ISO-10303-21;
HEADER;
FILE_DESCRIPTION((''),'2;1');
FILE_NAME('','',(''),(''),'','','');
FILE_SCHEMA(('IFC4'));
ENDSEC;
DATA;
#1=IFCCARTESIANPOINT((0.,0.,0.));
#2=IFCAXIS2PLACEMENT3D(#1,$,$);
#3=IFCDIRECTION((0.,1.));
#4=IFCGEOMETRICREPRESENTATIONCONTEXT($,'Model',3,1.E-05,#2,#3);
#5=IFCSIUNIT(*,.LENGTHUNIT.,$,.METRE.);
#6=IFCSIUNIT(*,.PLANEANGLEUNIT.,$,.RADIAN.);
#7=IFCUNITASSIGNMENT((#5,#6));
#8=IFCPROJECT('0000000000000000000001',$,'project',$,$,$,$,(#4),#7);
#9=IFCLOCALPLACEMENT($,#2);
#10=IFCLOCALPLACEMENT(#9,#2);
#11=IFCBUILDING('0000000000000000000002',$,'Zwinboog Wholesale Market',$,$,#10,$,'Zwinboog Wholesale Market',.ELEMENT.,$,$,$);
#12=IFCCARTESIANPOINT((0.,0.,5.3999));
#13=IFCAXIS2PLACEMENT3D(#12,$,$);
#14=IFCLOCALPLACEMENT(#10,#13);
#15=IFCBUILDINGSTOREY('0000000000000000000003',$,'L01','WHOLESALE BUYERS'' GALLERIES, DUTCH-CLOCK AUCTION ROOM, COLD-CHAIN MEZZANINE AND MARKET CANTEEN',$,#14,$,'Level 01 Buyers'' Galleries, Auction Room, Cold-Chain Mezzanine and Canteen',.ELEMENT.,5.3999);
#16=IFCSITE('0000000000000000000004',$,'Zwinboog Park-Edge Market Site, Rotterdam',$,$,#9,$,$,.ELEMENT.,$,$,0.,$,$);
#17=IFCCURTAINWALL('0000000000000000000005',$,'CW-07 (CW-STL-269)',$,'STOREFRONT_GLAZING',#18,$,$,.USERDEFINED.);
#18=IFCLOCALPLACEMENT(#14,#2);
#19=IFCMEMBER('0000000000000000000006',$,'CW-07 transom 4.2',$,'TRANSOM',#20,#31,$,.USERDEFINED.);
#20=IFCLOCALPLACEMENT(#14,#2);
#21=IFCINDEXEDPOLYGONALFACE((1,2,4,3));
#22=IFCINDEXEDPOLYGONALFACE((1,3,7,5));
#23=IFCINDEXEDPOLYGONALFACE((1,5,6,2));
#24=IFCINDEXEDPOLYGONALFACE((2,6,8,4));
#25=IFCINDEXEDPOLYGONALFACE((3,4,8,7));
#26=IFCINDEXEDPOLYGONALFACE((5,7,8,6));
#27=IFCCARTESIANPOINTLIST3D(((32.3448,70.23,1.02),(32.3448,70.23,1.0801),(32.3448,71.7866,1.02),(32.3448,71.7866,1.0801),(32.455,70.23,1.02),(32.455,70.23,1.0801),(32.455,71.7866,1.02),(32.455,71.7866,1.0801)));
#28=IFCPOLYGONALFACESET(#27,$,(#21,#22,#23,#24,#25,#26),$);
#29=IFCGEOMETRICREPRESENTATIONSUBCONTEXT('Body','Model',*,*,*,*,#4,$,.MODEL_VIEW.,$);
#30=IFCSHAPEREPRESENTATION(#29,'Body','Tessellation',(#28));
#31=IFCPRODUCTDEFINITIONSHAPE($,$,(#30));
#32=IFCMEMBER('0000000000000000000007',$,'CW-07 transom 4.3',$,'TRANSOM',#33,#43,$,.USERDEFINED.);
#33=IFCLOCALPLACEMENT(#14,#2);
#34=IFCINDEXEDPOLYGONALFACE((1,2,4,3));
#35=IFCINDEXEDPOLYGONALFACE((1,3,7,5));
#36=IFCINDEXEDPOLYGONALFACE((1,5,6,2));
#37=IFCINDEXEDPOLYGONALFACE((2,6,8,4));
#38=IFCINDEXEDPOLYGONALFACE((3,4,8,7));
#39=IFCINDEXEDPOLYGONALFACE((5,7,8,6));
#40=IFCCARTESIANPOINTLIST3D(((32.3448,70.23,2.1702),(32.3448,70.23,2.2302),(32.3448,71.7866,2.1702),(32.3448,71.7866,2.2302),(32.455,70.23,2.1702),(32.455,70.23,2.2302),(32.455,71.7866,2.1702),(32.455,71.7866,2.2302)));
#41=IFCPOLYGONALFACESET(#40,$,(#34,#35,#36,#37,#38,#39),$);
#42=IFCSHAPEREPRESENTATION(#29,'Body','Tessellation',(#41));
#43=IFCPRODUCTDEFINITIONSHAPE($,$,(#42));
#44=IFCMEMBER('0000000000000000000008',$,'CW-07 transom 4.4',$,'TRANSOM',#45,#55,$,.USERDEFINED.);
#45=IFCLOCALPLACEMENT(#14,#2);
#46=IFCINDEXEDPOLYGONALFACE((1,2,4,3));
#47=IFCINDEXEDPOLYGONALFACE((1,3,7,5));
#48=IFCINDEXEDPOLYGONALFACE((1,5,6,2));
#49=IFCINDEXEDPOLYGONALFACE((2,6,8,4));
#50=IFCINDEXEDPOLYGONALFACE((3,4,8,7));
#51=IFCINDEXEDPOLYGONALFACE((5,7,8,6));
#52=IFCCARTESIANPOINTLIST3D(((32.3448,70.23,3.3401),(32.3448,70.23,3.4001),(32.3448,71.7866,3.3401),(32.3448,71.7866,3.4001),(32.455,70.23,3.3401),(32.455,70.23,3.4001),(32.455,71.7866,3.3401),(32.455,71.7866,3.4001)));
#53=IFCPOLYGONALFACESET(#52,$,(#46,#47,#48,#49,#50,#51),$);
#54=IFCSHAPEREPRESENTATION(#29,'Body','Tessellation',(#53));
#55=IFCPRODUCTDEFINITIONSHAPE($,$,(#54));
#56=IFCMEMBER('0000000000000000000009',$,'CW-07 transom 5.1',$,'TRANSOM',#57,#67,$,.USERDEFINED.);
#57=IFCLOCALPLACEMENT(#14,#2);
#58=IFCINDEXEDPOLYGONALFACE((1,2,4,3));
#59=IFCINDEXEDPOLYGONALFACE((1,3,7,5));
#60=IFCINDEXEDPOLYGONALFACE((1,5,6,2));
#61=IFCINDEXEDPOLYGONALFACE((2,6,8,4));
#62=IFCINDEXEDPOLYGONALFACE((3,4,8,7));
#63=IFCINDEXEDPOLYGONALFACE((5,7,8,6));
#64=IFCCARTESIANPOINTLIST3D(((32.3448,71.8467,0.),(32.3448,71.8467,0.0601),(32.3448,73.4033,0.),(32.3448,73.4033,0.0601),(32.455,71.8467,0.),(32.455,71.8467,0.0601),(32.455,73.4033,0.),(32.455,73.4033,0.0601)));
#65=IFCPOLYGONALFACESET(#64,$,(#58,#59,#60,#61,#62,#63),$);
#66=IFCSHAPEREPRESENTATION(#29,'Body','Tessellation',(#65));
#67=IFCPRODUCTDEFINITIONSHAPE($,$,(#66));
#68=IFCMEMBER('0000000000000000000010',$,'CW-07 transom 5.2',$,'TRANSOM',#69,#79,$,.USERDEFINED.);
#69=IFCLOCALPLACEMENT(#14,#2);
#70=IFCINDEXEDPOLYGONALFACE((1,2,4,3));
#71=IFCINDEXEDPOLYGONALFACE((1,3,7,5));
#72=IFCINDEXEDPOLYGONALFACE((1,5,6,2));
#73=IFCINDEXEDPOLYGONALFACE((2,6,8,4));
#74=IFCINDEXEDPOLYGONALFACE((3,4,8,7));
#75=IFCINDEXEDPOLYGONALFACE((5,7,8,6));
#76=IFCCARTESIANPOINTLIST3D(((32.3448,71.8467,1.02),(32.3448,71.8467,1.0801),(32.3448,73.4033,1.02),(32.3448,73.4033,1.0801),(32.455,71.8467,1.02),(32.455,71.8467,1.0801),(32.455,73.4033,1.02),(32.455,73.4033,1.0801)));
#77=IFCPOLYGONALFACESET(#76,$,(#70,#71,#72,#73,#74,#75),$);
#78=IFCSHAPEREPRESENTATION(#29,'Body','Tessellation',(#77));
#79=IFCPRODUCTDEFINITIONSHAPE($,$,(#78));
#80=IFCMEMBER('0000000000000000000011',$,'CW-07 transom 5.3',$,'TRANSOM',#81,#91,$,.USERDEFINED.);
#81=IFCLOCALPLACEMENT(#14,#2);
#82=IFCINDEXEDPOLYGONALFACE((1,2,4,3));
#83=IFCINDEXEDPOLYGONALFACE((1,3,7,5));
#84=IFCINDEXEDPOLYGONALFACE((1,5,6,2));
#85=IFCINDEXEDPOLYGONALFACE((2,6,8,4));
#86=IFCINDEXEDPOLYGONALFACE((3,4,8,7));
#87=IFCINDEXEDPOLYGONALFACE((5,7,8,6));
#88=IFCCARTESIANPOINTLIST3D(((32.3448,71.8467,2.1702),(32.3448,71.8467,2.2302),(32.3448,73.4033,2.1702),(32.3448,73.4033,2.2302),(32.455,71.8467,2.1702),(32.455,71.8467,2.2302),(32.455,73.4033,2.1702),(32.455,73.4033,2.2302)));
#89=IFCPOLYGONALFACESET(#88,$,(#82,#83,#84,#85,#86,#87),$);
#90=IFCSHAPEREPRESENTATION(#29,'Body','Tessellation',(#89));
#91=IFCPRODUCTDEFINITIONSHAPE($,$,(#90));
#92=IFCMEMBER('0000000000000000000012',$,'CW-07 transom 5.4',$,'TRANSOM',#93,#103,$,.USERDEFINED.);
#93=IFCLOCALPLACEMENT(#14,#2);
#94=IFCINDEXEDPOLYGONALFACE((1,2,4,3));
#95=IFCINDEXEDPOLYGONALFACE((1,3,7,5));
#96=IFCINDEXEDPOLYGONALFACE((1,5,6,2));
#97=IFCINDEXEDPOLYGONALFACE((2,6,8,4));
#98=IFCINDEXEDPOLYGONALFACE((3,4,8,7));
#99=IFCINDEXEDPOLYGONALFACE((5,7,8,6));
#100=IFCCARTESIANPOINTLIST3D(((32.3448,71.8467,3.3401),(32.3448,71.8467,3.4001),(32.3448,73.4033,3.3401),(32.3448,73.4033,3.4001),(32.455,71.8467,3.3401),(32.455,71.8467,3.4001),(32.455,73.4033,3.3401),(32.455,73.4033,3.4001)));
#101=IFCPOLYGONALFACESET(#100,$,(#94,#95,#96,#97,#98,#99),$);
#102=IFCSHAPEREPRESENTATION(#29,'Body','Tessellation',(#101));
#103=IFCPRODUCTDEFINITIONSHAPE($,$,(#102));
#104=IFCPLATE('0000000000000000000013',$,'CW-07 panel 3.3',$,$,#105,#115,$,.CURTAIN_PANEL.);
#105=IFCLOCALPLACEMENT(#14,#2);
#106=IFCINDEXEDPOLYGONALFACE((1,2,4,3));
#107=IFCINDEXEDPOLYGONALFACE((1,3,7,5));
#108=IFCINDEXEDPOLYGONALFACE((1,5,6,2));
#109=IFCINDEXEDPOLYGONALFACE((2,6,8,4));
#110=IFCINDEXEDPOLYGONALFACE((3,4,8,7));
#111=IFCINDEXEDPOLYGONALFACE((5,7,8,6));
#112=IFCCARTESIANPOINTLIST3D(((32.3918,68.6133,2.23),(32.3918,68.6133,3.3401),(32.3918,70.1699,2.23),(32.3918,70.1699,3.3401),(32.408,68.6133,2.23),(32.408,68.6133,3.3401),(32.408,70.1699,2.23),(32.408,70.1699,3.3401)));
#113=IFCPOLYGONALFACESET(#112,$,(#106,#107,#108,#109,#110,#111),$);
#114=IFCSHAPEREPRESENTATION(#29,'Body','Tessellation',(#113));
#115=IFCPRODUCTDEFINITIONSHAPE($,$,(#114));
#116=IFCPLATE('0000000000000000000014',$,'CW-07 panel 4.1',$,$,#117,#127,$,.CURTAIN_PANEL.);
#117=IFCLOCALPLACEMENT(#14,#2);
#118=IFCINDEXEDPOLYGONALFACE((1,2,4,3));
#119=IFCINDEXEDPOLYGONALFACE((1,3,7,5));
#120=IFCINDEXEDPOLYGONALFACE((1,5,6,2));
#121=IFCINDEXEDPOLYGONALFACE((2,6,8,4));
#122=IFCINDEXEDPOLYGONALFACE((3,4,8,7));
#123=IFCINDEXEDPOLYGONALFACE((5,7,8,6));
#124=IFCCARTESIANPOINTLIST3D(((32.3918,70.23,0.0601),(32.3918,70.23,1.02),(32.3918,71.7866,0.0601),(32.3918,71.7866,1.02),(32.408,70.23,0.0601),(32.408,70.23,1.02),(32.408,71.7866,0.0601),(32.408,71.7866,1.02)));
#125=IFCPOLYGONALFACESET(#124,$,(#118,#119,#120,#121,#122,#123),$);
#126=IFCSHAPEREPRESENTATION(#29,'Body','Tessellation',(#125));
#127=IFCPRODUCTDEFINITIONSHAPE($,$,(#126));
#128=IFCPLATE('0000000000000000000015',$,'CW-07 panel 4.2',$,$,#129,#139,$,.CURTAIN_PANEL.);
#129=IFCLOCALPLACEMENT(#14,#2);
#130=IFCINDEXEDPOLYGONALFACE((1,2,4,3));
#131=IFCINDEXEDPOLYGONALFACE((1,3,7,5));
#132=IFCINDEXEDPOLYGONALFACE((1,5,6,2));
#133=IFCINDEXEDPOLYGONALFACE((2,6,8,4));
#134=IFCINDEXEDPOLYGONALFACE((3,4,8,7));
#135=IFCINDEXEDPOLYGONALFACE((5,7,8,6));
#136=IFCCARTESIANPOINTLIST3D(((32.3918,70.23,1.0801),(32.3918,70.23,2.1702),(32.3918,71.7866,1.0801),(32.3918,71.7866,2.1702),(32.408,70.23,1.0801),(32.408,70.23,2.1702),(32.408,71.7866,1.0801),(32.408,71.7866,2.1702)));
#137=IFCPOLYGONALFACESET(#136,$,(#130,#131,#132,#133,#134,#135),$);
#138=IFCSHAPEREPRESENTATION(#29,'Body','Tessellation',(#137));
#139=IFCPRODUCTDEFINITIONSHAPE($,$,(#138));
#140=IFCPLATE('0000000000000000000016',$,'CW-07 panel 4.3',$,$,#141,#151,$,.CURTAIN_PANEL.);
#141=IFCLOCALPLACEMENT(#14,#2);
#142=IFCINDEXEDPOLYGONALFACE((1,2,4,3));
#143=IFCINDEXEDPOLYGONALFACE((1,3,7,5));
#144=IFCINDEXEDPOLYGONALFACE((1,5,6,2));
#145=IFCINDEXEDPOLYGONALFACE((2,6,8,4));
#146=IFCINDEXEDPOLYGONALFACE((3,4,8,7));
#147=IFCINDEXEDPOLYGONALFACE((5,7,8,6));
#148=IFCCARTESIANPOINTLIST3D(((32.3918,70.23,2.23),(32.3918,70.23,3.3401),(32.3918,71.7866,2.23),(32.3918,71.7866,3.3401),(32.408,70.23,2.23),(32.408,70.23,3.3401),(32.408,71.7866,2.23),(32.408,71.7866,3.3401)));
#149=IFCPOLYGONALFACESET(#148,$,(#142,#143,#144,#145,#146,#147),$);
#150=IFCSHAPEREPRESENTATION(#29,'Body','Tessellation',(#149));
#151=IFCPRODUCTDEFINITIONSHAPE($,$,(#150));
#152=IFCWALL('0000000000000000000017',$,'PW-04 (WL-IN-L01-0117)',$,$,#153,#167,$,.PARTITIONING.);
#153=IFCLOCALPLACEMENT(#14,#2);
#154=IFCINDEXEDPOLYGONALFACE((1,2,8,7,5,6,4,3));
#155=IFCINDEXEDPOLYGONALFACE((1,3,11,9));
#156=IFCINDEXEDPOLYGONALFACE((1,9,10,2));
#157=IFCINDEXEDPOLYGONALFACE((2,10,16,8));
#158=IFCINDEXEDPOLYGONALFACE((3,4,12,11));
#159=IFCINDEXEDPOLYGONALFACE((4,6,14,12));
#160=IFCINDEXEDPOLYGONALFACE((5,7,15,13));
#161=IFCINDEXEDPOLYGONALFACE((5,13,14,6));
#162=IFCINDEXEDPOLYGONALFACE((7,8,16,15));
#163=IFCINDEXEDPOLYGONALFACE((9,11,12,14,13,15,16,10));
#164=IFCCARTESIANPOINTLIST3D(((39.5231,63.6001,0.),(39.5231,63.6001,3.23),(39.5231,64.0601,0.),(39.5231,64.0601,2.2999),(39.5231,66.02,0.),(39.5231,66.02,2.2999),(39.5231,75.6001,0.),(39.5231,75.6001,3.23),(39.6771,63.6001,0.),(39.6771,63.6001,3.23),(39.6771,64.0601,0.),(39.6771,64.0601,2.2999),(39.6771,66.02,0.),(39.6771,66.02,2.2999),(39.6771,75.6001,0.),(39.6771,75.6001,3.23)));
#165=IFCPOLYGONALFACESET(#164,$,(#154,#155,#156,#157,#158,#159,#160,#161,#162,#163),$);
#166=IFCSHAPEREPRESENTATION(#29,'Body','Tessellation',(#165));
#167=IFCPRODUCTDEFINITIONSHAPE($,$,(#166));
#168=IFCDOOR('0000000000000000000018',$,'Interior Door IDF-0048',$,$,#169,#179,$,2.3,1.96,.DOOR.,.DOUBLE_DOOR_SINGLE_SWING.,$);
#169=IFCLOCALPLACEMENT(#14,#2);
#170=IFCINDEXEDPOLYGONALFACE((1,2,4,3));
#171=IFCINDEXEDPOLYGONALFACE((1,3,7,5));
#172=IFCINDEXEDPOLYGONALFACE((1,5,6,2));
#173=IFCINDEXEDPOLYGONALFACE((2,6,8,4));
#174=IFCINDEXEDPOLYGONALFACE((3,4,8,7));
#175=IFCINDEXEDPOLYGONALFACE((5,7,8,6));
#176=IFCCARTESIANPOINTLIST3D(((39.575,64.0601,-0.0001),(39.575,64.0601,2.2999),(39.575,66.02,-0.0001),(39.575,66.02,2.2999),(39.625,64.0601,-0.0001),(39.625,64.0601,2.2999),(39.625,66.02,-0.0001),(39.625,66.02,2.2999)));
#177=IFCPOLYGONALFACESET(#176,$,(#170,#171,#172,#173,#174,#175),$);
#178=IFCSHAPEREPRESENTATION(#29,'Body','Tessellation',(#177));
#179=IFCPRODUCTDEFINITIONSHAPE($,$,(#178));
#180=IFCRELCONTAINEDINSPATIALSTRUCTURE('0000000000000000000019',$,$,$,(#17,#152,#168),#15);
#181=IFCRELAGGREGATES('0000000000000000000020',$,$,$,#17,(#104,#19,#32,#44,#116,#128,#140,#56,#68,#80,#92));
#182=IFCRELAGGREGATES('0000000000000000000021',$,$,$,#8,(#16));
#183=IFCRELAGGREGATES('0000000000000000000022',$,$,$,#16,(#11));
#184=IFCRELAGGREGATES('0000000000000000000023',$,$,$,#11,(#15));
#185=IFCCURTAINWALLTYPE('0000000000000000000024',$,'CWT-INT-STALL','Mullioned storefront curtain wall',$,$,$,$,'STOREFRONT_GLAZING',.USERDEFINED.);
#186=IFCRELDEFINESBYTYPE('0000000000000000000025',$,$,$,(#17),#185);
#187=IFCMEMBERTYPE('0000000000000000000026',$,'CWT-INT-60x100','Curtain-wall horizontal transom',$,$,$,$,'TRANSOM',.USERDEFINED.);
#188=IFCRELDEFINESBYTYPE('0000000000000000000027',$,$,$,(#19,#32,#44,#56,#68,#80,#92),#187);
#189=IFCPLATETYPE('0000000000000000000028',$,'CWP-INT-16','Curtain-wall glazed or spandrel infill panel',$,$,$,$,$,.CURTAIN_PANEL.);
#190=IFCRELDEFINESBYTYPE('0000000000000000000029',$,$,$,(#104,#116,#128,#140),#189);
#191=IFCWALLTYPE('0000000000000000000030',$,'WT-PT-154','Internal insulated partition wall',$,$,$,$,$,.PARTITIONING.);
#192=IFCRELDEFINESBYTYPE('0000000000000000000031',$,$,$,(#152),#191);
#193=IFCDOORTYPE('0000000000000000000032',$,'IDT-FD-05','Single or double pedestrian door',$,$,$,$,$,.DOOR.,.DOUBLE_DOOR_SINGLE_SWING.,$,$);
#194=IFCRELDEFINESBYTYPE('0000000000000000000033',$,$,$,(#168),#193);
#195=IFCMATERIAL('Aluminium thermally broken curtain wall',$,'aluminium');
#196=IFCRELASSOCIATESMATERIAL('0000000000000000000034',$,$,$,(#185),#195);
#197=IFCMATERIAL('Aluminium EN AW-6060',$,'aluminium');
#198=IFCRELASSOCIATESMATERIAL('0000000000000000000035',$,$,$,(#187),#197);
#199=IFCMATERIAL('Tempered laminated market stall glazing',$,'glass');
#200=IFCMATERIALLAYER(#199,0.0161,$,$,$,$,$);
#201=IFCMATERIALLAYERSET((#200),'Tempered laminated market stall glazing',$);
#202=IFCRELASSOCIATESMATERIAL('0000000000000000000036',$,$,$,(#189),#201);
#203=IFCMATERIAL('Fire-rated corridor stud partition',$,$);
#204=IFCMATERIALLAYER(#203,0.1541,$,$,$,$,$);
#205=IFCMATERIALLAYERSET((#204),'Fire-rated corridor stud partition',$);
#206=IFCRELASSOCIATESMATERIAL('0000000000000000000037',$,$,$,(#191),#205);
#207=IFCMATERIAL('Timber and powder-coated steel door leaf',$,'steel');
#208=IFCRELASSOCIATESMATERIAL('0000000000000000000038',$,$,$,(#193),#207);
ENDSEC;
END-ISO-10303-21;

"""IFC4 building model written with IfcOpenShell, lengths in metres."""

from ifc_helpers import new_model, si_unit, direction, frame, frame_2d, origin, origin_2d, place, context, subcontext, project, spatial, rectangle, extrude, material, layer, layer_set, material_profile, profile_set, type_object, element, fill, aggregate, save


model = new_model("IFC4")

# Units and contexts
model_context = context("Model", 3, precision=1e-05, world=origin(), true_north=direction((0.0, 1.0)))
body_context = subcontext(model_context, "Body", "Model", "MODEL_VIEW")
ifc_project = project(units=[si_unit("LENGTHUNIT", "METRE"), si_unit("PLANEANGLEUNIT", "RADIAN")], contexts=[model_context])

# Site, building, storey
site_placement = place(None, origin())
site = spatial("IfcSite", under=ifc_project, at=site_placement, Name="Zwinboog Park-Edge Market Site, Rotterdam", CompositionType="ELEMENT", RefElevation=0.0)
building_placement = place(site_placement, origin())
building = spatial("IfcBuilding", under=site, at=building_placement, Name="Zwinboog Wholesale Market", LongName="Zwinboog Wholesale Market", CompositionType="ELEMENT")
storey_placement = place(building_placement, frame((0.0, 0.0, 5.3999)))
storey = spatial("IfcBuildingStorey", under=building, at=storey_placement, Name="L01", Description="WHOLESALE BUYERS' GALLERIES, DUTCH-CLOCK AUCTION ROOM, COLD-CHAIN MEZZANINE AND MARKET CANTEEN", LongName="Level 01 Buyers' Galleries, Auction Room, Cold-Chain Mezzanine and Canteen", CompositionType="ELEMENT", Elevation=5.3999)

# Shared definitions
ifc_material_1 = material(Name="Aluminium thermally broken curtain wall", Category="aluminium")
ifc_material_2 = material(Name="Aluminium EN AW-6060", Category="aluminium")

# Curtain wall, members, plates
curtain_wall_type_1 = type_object("IfcCurtainWallType", Name="CWT-INT-STALL", Description="Mullioned storefront curtain wall", ElementType="STOREFRONT_GLAZING", PredefinedType="USERDEFINED", material=ifc_material_1)
curtain_wall_1_placement = place(storey_placement, origin())
curtain_wall_1 = element("IfcCurtainWall", 1, at=curtain_wall_1_placement, inside=storey, type_object=curtain_wall_type_1, Name="CW-07 (CW-STL-269)", ObjectType="STOREFRONT_GLAZING", PredefinedType="USERDEFINED")
ifc_material_profile_1 = material_profile(ifc_material_2, rectangle(XDim=0.1101, YDim=0.0601, at=origin_2d()), Name="AL 60x110")
ifc_profile_set_1 = profile_set([ifc_material_profile_1], Name="Aluminium EN AW-6060")
member_type_1 = type_object("IfcMemberType", Name="CWT-INT-60x100", Description="Curtain-wall horizontal transom", ElementType="TRANSOM", PredefinedType="USERDEFINED", material=ifc_profile_set_1)
member_1_placement = place(storey_placement, frame((32.3999, 70.23, 1.05), z_axis=(0.0, 1.0, 0.0), x_axis=(-1.0, 0.0, 0.0)))
member_1 = element("IfcMember", 2, at=member_1_placement, type_object=member_type_1, Name="CW-07 transom 4.2", ObjectType="TRANSOM", PredefinedType="USERDEFINED", context=body_context, shape_type="SweptSolid", body=[
    extrude(rectangle(XDim=0.1101, YDim=0.0601, at=origin_2d()), origin(), (0.0, 0.0, 1.0), 1.5566),
])
member_2_placement = place(storey_placement, frame((32.3999, 70.23, 2.2002), z_axis=(0.0, 1.0, 0.0), x_axis=(-1.0, 0.0, 0.0)))
member_2 = element("IfcMember", 3, at=member_2_placement, type_object=member_type_1, Name="CW-07 transom 4.3", ObjectType="TRANSOM", PredefinedType="USERDEFINED", context=body_context, shape_type="SweptSolid", body=[
    extrude(rectangle(XDim=0.1101, YDim=0.0601, at=origin_2d()), origin(), (0.0, 0.0, 1.0), 1.5566),
])
member_3_placement = place(storey_placement, frame((32.3999, 70.23, 3.3701), z_axis=(0.0, 1.0, 0.0), x_axis=(-1.0, 0.0, 0.0)))
member_3 = element("IfcMember", 4, at=member_3_placement, type_object=member_type_1, Name="CW-07 transom 4.4", ObjectType="TRANSOM", PredefinedType="USERDEFINED", context=body_context, shape_type="SweptSolid", body=[
    extrude(rectangle(XDim=0.1101, YDim=0.0601, at=origin_2d()), origin(), (0.0, 0.0, 1.0), 1.5566),
])
member_4_placement = place(storey_placement, frame((32.3999, 71.8467, 0.03), z_axis=(0.0, 1.0, 0.0), x_axis=(-1.0, 0.0, 0.0)))
member_4 = element("IfcMember", 5, at=member_4_placement, type_object=member_type_1, Name="CW-07 transom 5.1", ObjectType="TRANSOM", PredefinedType="USERDEFINED", context=body_context, shape_type="SweptSolid", body=[
    extrude(rectangle(XDim=0.1101, YDim=0.0601, at=origin_2d()), origin(), (0.0, 0.0, 1.0), 1.5566),
])
member_5_placement = place(storey_placement, frame((32.3999, 71.8467, 1.05), z_axis=(0.0, 1.0, 0.0), x_axis=(-1.0, 0.0, 0.0)))
member_5 = element("IfcMember", 6, at=member_5_placement, type_object=member_type_1, Name="CW-07 transom 5.2", ObjectType="TRANSOM", PredefinedType="USERDEFINED", context=body_context, shape_type="SweptSolid", body=[
    extrude(rectangle(XDim=0.1101, YDim=0.0601, at=origin_2d()), origin(), (0.0, 0.0, 1.0), 1.5566),
])
member_6_placement = place(storey_placement, frame((32.3999, 71.8467, 2.2002), z_axis=(0.0, 1.0, 0.0), x_axis=(-1.0, 0.0, 0.0)))
member_6 = element("IfcMember", 7, at=member_6_placement, type_object=member_type_1, Name="CW-07 transom 5.3", ObjectType="TRANSOM", PredefinedType="USERDEFINED", context=body_context, shape_type="SweptSolid", body=[
    extrude(rectangle(XDim=0.1101, YDim=0.0601, at=origin_2d()), origin(), (0.0, 0.0, 1.0), 1.5566),
])
member_7_placement = place(storey_placement, frame((32.3999, 71.8467, 3.3701), z_axis=(0.0, 1.0, 0.0), x_axis=(-1.0, 0.0, 0.0)))
member_7 = element("IfcMember", 8, at=member_7_placement, type_object=member_type_1, Name="CW-07 transom 5.4", ObjectType="TRANSOM", PredefinedType="USERDEFINED", context=body_context, shape_type="SweptSolid", body=[
    extrude(rectangle(XDim=0.1101, YDim=0.0601, at=origin_2d()), origin(), (0.0, 0.0, 1.0), 1.5566),
])
ifc_material_3 = material(Name="Tempered laminated market stall glazing", Category="glass")
ifc_layer_1 = layer(ifc_material_3, 0.0161)
ifc_layer_set_1 = layer_set([ifc_layer_1], Name="Tempered laminated market stall glazing")
plate_type = type_object("IfcPlateType", Name="CWP-INT-16", Description="Curtain-wall glazed or spandrel infill panel", PredefinedType="CURTAIN_PANEL", material=ifc_layer_set_1)
plate_1_placement = place(storey_placement, frame((32.3999, 69.3916, 2.23), z_axis=(0.0, 0.0, 1.0), x_axis=(0.0, 1.0, 0.0)))
plate_1 = element("IfcPlate", 9, at=plate_1_placement, type_object=plate_type, Name="CW-07 panel 3.3", PredefinedType="CURTAIN_PANEL", context=body_context, shape_type="SweptSolid", body=[
    extrude(rectangle(XDim=1.5566, YDim=0.0161, at=origin_2d()), origin(), (0.0, 0.0, 1.0), 1.1101),
])
plate_2_placement = place(storey_placement, frame((32.3999, 71.0083, 0.0601), z_axis=(0.0, 0.0, 1.0), x_axis=(0.0, 1.0, 0.0)))
plate_2 = element("IfcPlate", 10, at=plate_2_placement, type_object=plate_type, Name="CW-07 panel 4.1", PredefinedType="CURTAIN_PANEL", context=body_context, shape_type="SweptSolid", body=[
    extrude(rectangle(XDim=1.5566, YDim=0.0161, at=origin_2d()), origin(), (0.0, 0.0, 1.0), 0.96),
])
plate_3_placement = place(storey_placement, frame((32.3999, 71.0083, 1.0801), z_axis=(0.0, 0.0, 1.0), x_axis=(0.0, 1.0, 0.0)))
plate_3 = element("IfcPlate", 11, at=plate_3_placement, type_object=plate_type, Name="CW-07 panel 4.2", PredefinedType="CURTAIN_PANEL", context=body_context, shape_type="SweptSolid", body=[
    extrude(rectangle(XDim=1.5566, YDim=0.0161, at=origin_2d()), origin(), (0.0, 0.0, 1.0), 1.0901),
])
plate_4_placement = place(storey_placement, frame((32.3999, 71.0083, 2.23), z_axis=(0.0, 0.0, 1.0), x_axis=(0.0, 1.0, 0.0)))
plate_4 = element("IfcPlate", 12, at=plate_4_placement, type_object=plate_type, Name="CW-07 panel 4.3", PredefinedType="CURTAIN_PANEL", context=body_context, shape_type="SweptSolid", body=[
    extrude(rectangle(XDim=1.5566, YDim=0.0161, at=origin_2d()), origin(), (0.0, 0.0, 1.0), 1.1101),
])
aggregate(curtain_wall_1, [plate_1, member_1, member_2, member_3, plate_2, plate_3, plate_4, member_4, member_5, member_6, member_7])

# Wall, opening, door
ifc_material_4 = material(Name="Fire-rated corridor stud partition")
ifc_layer_2 = layer(ifc_material_4, 0.1541)
ifc_layer_set_2 = layer_set([ifc_layer_2], Name="Fire-rated corridor stud partition")
wall_type_1 = type_object("IfcWallType", Name="WT-PT-154", Description="Internal insulated partition wall", PredefinedType="PARTITIONING", material=ifc_layer_set_2)
wall_1_placement = place(storey_placement, frame((39.6001, 63.6001, 0.0), z_axis=(0.0, 0.0, 1.0), x_axis=(0.0, 1.0, 0.0)))
wall_1 = element("IfcWall", 13, at=wall_1_placement, inside=storey, type_object=wall_type_1, Name="PW-04 (WL-IN-L01-0117)", PredefinedType="PARTITIONING", context=body_context, shape_type="SweptSolid", body=[
    extrude(rectangle(XDim=12.0, YDim=0.1541, at=frame_2d((6.0, 0.0))), origin(), (0.0, 0.0, 1.0), 3.23),
])
opening_1_placement = place(wall_1_placement, frame((0.46, 0.0, 0.0)))
opening_1 = element("IfcOpeningElement", 14, at=opening_1_placement, cuts=wall_1, PredefinedType="OPENING", context=body_context, shape_type="SweptSolid", body=[
    extrude(rectangle(XDim=1.96, YDim=2.3, at=frame_2d((0.98, 1.1499))), frame((0.0, 0.0869, 0.0), z_axis=(0.0, -1.0, 0.0), x_axis=(1.0, 0.0, 0.0)), (0.0, 0.0, 1.0), 0.1741),
])
ifc_material_5 = material(Name="Timber and powder-coated steel door leaf", Category="steel")
door_type_1 = type_object("IfcDoorType", Name="IDT-FD-05", Description="Single or double pedestrian door", OperationType="DOUBLE_DOOR_SINGLE_SWING", PredefinedType="DOOR", material=ifc_material_5)
door_1_placement = place(opening_1_placement, frame((1.96, 0.0, 0.0), z_axis=(0.0, 0.0, 1.0), x_axis=(-1.0, 0.0, 0.0)))
door_1 = element("IfcDoor", 15, at=door_1_placement, inside=storey, type_object=door_type_1, Name="Interior Door IDF-0048", OperationType="DOUBLE_DOOR_SINGLE_SWING", OverallHeight=2.3, OverallWidth=1.96, PredefinedType="DOOR", context=body_context, shape_type="SweptSolid", body=[
    extrude(rectangle(XDim=1.96, YDim=2.3, at=frame_2d((0.98, 1.1499))), frame((0.0, 0.0249, 0.0), z_axis=(0.0, -1.0, 0.0), x_axis=(1.0, 0.0, 0.0)), (0.0, 0.0, 1.0), 0.05),
])
fill(opening_1, door_1)

save(model, "model.ifc")
